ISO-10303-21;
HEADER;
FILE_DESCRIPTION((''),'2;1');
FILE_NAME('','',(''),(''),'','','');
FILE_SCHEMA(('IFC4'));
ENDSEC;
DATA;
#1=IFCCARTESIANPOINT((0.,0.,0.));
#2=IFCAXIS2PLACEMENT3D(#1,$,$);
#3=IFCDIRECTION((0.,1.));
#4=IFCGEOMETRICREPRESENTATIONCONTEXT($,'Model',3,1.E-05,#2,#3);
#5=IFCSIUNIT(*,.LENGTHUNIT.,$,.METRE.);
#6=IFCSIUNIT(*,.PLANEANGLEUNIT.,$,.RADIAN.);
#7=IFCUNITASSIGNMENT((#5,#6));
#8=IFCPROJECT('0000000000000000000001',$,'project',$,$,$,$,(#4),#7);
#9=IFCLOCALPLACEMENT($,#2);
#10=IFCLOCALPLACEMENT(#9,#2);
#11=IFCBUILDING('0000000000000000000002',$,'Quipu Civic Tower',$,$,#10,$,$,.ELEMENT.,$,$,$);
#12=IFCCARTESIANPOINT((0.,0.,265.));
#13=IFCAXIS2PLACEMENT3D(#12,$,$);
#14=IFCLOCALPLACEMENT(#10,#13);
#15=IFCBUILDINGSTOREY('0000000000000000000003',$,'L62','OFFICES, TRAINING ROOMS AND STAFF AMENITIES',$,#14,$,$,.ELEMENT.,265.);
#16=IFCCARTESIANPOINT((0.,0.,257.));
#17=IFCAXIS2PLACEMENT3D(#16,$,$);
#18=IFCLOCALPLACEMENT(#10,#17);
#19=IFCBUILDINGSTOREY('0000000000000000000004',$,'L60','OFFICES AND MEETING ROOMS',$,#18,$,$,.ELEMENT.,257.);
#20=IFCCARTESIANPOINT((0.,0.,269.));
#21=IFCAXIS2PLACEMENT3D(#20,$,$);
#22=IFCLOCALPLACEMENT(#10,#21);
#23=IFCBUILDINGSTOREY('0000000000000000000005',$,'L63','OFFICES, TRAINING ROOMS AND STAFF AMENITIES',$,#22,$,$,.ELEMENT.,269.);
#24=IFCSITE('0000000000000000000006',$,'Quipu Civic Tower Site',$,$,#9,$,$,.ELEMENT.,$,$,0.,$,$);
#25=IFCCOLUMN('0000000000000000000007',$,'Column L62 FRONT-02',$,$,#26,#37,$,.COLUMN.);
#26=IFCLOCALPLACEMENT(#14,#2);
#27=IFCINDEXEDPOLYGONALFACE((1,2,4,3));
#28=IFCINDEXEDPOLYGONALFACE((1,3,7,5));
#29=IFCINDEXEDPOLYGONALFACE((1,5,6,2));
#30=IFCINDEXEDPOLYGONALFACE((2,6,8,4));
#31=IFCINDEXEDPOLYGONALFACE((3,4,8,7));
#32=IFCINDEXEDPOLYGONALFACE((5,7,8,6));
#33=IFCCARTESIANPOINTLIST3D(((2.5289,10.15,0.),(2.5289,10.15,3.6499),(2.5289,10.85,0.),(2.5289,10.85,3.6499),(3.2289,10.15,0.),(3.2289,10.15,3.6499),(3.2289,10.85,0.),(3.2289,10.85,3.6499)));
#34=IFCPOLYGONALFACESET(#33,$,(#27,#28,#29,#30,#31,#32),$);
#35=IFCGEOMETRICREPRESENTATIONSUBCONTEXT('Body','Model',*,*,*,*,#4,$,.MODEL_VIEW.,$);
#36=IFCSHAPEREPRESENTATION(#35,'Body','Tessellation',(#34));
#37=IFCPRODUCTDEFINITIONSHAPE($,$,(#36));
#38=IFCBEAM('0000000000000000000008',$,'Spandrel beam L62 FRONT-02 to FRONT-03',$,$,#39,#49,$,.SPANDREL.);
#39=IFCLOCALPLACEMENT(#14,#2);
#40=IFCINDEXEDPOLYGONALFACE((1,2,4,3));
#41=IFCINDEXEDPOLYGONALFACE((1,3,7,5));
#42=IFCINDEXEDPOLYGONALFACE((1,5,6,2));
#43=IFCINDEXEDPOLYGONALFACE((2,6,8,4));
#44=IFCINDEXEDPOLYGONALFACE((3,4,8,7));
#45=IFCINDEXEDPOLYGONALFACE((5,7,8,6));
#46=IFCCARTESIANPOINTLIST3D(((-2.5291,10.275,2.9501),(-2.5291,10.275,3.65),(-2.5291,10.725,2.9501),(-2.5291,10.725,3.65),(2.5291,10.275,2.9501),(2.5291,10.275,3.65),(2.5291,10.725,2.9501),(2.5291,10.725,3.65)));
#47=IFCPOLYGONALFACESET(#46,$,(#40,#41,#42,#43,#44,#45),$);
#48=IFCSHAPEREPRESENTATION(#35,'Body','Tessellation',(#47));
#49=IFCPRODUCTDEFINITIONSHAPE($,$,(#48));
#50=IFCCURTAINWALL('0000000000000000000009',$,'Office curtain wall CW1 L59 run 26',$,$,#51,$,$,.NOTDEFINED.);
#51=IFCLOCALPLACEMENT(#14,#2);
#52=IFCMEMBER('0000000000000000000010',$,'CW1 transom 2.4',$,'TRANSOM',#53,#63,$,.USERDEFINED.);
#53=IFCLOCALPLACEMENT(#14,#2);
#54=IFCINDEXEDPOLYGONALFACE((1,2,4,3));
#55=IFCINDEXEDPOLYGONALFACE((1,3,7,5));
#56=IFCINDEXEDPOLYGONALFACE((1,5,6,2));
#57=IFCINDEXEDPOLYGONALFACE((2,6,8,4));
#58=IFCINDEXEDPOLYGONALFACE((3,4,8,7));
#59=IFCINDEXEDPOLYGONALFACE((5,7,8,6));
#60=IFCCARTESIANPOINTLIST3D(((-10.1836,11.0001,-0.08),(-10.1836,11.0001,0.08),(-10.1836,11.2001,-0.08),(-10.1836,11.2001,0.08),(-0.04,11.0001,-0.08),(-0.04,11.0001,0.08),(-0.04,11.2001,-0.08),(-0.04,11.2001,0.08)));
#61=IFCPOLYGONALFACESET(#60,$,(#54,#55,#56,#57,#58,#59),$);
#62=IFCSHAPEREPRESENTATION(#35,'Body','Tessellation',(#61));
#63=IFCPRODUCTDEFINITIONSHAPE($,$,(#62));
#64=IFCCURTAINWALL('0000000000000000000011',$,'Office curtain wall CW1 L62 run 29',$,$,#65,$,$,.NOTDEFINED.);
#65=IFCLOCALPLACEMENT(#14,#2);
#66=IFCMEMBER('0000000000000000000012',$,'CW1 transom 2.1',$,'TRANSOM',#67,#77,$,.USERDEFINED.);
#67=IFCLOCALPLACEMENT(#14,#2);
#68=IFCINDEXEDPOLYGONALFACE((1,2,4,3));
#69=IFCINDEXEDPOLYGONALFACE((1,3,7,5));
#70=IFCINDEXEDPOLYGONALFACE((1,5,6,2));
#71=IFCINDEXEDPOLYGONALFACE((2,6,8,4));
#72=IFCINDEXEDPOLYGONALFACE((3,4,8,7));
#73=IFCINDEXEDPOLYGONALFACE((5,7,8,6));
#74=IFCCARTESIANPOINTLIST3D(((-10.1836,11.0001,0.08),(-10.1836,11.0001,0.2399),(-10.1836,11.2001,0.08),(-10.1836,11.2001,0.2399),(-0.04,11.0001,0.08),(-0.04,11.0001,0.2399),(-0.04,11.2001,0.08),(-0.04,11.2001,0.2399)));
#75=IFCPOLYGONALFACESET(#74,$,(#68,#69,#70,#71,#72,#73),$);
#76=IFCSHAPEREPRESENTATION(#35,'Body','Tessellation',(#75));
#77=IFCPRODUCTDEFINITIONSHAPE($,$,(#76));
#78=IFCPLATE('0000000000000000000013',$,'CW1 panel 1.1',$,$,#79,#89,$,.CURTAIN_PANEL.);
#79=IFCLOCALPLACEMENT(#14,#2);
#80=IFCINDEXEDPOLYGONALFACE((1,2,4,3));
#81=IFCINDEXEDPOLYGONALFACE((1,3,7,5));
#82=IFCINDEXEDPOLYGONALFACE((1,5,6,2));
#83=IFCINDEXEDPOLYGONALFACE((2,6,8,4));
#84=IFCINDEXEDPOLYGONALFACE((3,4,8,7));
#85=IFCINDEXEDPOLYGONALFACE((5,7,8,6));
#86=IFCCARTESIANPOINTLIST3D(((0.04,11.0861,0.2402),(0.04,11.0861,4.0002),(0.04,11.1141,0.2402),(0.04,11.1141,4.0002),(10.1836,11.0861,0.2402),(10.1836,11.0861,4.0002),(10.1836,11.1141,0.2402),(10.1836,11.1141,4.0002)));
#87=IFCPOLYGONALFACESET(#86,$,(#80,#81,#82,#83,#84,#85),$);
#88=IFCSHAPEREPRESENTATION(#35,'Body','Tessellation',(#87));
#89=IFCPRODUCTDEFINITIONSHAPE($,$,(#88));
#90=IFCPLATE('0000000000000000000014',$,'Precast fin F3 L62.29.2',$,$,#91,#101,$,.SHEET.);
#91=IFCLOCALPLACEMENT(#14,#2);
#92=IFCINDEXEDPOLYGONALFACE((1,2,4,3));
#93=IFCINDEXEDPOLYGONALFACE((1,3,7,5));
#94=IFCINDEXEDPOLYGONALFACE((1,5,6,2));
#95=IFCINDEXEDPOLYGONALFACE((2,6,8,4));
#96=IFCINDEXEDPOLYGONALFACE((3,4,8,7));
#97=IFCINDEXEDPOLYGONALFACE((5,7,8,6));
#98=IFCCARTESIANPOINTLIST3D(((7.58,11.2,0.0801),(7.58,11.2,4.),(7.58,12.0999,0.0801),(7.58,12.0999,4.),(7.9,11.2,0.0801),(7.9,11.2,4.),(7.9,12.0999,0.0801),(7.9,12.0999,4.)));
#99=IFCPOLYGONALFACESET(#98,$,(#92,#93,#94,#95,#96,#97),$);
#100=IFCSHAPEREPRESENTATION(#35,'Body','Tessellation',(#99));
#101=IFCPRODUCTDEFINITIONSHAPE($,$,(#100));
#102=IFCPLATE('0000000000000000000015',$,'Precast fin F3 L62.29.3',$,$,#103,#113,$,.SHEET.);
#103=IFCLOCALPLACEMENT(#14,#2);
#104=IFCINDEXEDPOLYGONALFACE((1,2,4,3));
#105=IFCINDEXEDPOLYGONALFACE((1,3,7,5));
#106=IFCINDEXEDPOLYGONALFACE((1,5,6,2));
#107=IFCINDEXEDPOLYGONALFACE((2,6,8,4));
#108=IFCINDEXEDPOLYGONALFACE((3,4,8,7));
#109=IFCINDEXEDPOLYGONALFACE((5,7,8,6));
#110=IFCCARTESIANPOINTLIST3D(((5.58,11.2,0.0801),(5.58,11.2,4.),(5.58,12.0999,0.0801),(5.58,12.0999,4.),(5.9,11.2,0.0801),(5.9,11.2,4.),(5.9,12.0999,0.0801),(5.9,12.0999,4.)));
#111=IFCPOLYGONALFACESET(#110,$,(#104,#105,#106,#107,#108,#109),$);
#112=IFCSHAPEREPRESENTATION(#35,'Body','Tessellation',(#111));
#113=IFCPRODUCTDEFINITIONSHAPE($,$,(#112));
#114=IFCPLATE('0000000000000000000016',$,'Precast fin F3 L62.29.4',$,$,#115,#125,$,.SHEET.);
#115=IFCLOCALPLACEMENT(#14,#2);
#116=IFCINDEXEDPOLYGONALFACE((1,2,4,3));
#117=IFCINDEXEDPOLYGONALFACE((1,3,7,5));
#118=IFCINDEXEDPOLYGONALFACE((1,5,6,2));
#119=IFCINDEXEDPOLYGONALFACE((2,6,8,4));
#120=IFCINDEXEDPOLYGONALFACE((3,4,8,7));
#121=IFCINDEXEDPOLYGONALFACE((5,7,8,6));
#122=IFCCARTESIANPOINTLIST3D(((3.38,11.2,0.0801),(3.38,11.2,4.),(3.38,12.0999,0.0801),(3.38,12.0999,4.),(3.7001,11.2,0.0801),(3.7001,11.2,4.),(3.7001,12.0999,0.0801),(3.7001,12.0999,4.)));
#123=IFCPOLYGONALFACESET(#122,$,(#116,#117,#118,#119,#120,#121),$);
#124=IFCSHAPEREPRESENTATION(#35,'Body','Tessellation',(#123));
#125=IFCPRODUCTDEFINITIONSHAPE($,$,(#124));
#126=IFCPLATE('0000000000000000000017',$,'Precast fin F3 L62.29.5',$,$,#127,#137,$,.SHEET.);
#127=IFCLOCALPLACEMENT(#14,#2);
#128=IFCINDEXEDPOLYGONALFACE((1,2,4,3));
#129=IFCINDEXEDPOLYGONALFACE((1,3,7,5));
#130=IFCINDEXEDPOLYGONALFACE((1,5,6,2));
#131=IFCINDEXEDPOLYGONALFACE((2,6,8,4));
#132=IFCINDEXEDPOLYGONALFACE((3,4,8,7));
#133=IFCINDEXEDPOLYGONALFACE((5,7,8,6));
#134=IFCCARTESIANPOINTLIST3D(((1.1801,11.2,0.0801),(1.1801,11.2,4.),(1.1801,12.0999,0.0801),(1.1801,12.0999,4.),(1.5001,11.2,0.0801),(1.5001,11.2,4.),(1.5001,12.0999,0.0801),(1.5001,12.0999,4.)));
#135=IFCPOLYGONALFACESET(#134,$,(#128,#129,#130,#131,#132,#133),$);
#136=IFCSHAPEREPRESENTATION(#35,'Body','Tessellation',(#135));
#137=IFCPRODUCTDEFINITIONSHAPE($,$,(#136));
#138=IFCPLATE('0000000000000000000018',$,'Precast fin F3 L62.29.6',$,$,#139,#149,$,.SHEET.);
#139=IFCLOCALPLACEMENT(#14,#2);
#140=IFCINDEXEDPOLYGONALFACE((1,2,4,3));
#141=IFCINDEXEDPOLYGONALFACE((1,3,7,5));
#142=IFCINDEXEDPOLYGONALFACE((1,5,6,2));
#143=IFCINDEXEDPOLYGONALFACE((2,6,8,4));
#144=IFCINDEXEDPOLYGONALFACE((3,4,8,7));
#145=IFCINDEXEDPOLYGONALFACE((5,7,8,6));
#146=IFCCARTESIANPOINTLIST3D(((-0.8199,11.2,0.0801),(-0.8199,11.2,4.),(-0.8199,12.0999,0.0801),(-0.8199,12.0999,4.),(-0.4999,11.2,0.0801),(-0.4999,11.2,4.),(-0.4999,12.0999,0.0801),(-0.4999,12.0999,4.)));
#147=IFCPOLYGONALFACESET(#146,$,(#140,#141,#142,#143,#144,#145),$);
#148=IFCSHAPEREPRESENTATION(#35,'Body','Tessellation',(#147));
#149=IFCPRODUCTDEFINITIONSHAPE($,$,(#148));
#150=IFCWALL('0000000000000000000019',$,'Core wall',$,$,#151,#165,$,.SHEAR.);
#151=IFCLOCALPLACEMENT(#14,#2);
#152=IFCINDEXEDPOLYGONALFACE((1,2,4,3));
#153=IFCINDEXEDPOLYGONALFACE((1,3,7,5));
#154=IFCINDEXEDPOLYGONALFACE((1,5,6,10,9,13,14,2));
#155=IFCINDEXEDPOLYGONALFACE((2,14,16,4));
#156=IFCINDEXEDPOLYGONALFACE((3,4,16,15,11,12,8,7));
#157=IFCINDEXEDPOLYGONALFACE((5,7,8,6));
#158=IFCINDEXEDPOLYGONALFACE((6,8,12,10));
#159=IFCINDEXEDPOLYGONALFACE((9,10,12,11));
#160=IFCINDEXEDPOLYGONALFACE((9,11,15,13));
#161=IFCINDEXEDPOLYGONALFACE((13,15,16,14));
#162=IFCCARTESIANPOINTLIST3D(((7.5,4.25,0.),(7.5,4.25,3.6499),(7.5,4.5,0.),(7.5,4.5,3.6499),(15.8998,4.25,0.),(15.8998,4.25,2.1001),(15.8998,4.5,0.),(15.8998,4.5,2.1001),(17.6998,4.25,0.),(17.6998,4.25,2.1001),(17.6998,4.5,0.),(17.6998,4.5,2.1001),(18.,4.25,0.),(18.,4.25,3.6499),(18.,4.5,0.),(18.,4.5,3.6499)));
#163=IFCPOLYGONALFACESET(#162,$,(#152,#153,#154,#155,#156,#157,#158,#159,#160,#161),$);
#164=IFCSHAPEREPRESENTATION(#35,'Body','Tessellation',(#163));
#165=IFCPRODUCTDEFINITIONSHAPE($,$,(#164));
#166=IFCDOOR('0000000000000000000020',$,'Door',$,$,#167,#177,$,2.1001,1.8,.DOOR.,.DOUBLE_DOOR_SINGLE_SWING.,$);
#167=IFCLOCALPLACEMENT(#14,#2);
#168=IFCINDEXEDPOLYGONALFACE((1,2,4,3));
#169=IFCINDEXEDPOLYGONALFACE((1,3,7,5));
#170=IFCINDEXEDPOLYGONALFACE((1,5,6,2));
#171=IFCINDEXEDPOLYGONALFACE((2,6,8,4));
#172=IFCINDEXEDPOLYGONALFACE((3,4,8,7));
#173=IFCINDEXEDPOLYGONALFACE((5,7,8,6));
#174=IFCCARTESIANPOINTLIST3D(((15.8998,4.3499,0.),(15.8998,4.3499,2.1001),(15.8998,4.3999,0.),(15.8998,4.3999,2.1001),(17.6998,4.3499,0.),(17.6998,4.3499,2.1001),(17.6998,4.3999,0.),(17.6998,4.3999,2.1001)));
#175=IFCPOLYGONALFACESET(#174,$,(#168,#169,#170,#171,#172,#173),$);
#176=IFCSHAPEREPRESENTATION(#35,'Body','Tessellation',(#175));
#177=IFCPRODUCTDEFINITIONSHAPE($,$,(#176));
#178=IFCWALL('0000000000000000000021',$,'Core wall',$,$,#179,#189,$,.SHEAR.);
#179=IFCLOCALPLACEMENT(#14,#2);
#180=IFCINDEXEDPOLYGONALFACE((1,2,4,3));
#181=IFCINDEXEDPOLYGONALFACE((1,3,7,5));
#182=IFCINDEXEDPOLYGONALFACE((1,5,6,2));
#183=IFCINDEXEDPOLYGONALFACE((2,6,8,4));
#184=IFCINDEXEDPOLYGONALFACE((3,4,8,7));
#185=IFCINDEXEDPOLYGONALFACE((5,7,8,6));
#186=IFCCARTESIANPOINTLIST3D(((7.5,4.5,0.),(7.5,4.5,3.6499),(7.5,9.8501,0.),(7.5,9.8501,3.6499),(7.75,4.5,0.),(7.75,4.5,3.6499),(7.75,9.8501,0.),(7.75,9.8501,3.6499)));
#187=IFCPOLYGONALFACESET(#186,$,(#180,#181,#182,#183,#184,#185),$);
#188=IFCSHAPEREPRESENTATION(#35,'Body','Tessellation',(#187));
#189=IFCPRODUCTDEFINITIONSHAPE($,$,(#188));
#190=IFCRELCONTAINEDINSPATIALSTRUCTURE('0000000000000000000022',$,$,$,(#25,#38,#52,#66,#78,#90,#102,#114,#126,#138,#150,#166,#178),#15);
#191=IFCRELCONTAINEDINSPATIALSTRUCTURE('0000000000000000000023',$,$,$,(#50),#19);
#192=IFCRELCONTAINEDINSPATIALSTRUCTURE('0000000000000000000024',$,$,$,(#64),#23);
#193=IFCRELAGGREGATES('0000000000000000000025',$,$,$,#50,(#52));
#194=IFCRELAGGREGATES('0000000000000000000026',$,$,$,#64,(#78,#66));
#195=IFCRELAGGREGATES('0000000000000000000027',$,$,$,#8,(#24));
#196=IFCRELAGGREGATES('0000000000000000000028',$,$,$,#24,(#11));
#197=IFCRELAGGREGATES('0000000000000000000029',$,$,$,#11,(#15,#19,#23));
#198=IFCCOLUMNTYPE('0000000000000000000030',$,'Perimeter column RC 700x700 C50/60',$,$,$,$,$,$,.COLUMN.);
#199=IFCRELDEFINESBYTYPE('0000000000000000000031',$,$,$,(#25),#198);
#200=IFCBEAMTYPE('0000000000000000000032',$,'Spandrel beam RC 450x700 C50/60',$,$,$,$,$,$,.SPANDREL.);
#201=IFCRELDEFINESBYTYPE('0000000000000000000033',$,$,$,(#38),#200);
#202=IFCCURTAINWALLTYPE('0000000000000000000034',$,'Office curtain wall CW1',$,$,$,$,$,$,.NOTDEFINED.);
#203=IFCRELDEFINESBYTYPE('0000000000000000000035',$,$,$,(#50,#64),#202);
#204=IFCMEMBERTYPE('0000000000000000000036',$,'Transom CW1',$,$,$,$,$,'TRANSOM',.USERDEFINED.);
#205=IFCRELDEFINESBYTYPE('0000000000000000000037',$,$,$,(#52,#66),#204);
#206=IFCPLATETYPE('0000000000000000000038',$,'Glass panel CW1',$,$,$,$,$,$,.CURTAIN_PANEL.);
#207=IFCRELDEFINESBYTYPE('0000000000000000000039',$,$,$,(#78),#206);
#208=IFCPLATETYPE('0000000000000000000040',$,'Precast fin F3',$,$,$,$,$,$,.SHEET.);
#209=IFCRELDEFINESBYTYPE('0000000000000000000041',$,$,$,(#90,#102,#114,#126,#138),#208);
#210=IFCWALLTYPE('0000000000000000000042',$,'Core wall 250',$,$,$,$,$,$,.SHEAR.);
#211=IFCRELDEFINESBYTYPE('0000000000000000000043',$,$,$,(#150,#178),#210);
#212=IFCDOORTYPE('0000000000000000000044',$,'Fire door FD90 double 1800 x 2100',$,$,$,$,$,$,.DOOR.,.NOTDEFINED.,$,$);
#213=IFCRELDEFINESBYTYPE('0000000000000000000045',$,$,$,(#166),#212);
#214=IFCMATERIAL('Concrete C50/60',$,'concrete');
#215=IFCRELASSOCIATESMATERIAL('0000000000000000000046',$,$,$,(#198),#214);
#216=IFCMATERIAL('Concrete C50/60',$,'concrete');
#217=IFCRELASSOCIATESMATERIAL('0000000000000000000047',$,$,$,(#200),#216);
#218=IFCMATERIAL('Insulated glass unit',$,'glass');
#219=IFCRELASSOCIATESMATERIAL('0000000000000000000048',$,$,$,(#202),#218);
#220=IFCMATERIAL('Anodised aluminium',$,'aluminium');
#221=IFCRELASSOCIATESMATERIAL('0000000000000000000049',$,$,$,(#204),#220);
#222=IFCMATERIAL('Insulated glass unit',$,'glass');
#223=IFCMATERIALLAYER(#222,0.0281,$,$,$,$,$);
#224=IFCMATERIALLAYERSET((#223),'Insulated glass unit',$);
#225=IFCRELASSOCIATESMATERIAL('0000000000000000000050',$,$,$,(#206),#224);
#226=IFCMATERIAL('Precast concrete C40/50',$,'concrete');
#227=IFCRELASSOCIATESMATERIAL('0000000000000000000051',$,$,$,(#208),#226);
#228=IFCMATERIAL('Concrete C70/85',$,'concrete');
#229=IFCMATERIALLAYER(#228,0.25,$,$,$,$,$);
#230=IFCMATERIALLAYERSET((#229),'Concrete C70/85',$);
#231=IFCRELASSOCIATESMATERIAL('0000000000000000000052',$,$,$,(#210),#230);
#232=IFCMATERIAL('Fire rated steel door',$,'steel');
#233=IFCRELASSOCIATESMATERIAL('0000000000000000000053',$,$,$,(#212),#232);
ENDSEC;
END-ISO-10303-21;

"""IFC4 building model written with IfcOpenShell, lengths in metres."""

from ifc_helpers import new_model, si_unit, direction, frame, frame_2d, origin, origin_2d, place, context, subcontext, project, spatial, rectangle, extrude, material, layer, layer_set, material_profile, profile_set, type_object, element, fill, aggregate, save


model = new_model("IFC4")

# Units and contexts
model_context = context("Model", 3, precision=1e-05, world=origin(), true_north=direction((0.0, 1.0)))
body_context = subcontext(model_context, "Body", "Model", "MODEL_VIEW")
ifc_project = project(units=[si_unit("LENGTHUNIT", "METRE"), si_unit("PLANEANGLEUNIT", "RADIAN")], contexts=[model_context])

# Site, building, storey
site_placement = place(None, origin())
site = spatial("IfcSite", under=ifc_project, at=site_placement, Name="Quipu Civic Tower Site", CompositionType="ELEMENT", RefElevation=0.0)
building_placement = place(site_placement, origin())
building = spatial("IfcBuilding", under=site, at=building_placement, Name="Quipu Civic Tower", CompositionType="ELEMENT")
storey_1_placement = place(building_placement, frame((0.0, 0.0, 265.0)))
storey_1 = spatial("IfcBuildingStorey", under=building, at=storey_1_placement, Name="L62", Description="OFFICES, TRAINING ROOMS AND STAFF AMENITIES", CompositionType="ELEMENT", Elevation=265.0)

# Column
ifc_material_1 = material(Name="Concrete C50/60", Category="concrete")
ifc_material_profile_1 = material_profile(ifc_material_1, rectangle(XDim=0.7, YDim=0.7, at=origin_2d()), Name="RC700x700")
ifc_profile_set_1 = profile_set([ifc_material_profile_1], Name="Concrete C50/60")
column_type = type_object("IfcColumnType", Name="Perimeter column RC 700x700 C50/60", PredefinedType="COLUMN", material=ifc_profile_set_1)
column_placement = place(storey_1_placement, frame((2.8789, 10.5, 0.0), z_axis=(0.0, 0.0, 1.0), x_axis=(-1.0, 0.0, 0.0)))
element("IfcColumn", 1, at=column_placement, inside=storey_1, type_object=column_type, Name="Column L62 FRONT-02", PredefinedType="COLUMN", context=body_context, shape_type="SweptSolid", body=[
    extrude(rectangle(XDim=0.7, YDim=0.7, at=origin_2d()), origin(), (0.0, 0.0, 1.0), 3.6499),
])

# Beam
ifc_material_2 = material(Name="Concrete C50/60", Category="concrete")
ifc_material_profile_2 = material_profile(ifc_material_2, rectangle(XDim=0.45, YDim=0.7, at=origin_2d()), Name="RC450x700")
ifc_profile_set_2 = profile_set([ifc_material_profile_2], Name="Concrete C50/60")
beam_type = type_object("IfcBeamType", Name="Spandrel beam RC 450x700 C50/60", PredefinedType="SPANDREL", material=ifc_profile_set_2)
beam_placement = place(storey_1_placement, frame((2.5291, 10.5, 3.3), z_axis=(-1.0, 0.0, 0.0), x_axis=(0.0, -1.0, 0.0)))
element("IfcBeam", 2, at=beam_placement, inside=storey_1, type_object=beam_type, Name="Spandrel beam L62 FRONT-02 to FRONT-03", PredefinedType="SPANDREL", context=body_context, shape_type="SweptSolid", body=[
    extrude(rectangle(XDim=0.45, YDim=0.7, at=origin_2d()), origin(), (0.0, 0.0, 1.0), 5.0581),
])

# Shared definitions
storey_2_placement = place(building_placement, frame((0.0, 0.0, 257.0)))
storey_2 = spatial("IfcBuildingStorey", under=building, at=storey_2_placement, Name="L60", Description="OFFICES AND MEETING ROOMS", CompositionType="ELEMENT", Elevation=257.0)

# Curtain wall, member
ifc_material_3 = material(Name="Insulated glass unit", Category="glass")
curtain_wall_type = type_object("IfcCurtainWallType", Name="Office curtain wall CW1", PredefinedType="NOTDEFINED", material=ifc_material_3)
curtain_wall_1_placement = place(storey_2_placement, origin())
curtain_wall_1 = element("IfcCurtainWall", 3, at=curtain_wall_1_placement, inside=storey_2, type_object=curtain_wall_type, Name="Office curtain wall CW1 L59 run 26", PredefinedType="NOTDEFINED")
ifc_material_4 = material(Name="Anodised aluminium", Category="aluminium")
ifc_material_profile_3 = material_profile(ifc_material_4, rectangle(XDim=0.2, YDim=0.1599, at=origin_2d()), Name="RECT 200x160")
ifc_profile_set_3 = profile_set([ifc_material_profile_3], Name="Anodised aluminium")
member_type = type_object("IfcMemberType", Name="Transom CW1", ElementType="TRANSOM", PredefinedType="USERDEFINED", material=ifc_profile_set_3)
member_1_placement = place(storey_1_placement, frame((-0.04, 11.1001, 0.0), z_axis=(-1.0, 0.0, 0.0), x_axis=(0.0, -1.0, 0.0)))
member_1 = element("IfcMember", 4, at=member_1_placement, inside=storey_1, type_object=member_type, Name="CW1 transom 2.4", ObjectType="TRANSOM", PredefinedType="USERDEFINED", context=body_context, shape_type="SweptSolid", body=[
    extrude(rectangle(XDim=0.2, YDim=0.1599, at=origin_2d()), origin(), (0.0, 0.0, 1.0), 10.1436),
])
aggregate(curtain_wall_1, [member_1])

# Shared definitions
storey_3_placement = place(building_placement, frame((0.0, 0.0, 269.0)))
storey_3 = spatial("IfcBuildingStorey", under=building, at=storey_3_placement, Name="L63", Description="OFFICES, TRAINING ROOMS AND STAFF AMENITIES", CompositionType="ELEMENT", Elevation=269.0)

# Curtain wall, member, plate
curtain_wall_2_placement = place(storey_3_placement, origin())
curtain_wall_2 = element("IfcCurtainWall", 5, at=curtain_wall_2_placement, inside=storey_3, type_object=curtain_wall_type, Name="Office curtain wall CW1 L62 run 29", PredefinedType="NOTDEFINED")
member_2_placement = place(storey_1_placement, frame((-0.04, 11.1001, 0.1599), z_axis=(-1.0, 0.0, 0.0), x_axis=(0.0, -1.0, 0.0)))
member_2 = element("IfcMember", 6, at=member_2_placement, inside=storey_1, type_object=member_type, Name="CW1 transom 2.1", ObjectType="TRANSOM", PredefinedType="USERDEFINED", context=body_context, shape_type="SweptSolid", body=[
    extrude(rectangle(XDim=0.2, YDim=0.1599, at=origin_2d()), origin(), (0.0, 0.0, 1.0), 10.1436),
])
ifc_material_5 = material(Name="Insulated glass unit", Category="glass")
ifc_layer_1 = layer(ifc_material_5, 0.0281)
ifc_layer_set_1 = layer_set([ifc_layer_1], Name="Insulated glass unit")
plate_type_1 = type_object("IfcPlateType", Name="Glass panel CW1", PredefinedType="CURTAIN_PANEL", material=ifc_layer_set_1)
plate_placement = place(storey_1_placement, frame((5.1118, 11.1001, 0.2402), z_axis=(0.0, 0.0, 1.0), x_axis=(-1.0, 0.0, 0.0)))
plate = element("IfcPlate", 7, at=plate_placement, inside=storey_1, type_object=plate_type_1, Name="CW1 panel 1.1", PredefinedType="CURTAIN_PANEL", context=body_context, shape_type="SweptSolid", body=[
    extrude(rectangle(XDim=10.1436, YDim=0.0281, at=origin_2d()), origin(), (0.0, 0.0, 1.0), 3.76),
])
aggregate(curtain_wall_2, [plate, member_2])

# Plates
ifc_material_6 = material(Name="Precast concrete C40/50", Category="concrete")
plate_type_2 = type_object("IfcPlateType", Name="Precast fin F3", PredefinedType="SHEET", material=ifc_material_6)
for number, where, z_axis, x_axis, name in (
    (8, (7.74, 11.6499, 0.0801), (0.0, 0.0, 1.0), (-1.0, 0.0, 0.0), "Precast fin F3 L62.29.2"),
    (9, (5.74, 11.6499, 0.0801), (0.0, 0.0, 1.0), (-1.0, 0.0, 0.0), "Precast fin F3 L62.29.3"),
    (10, (3.54, 11.6499, 0.0801), (0.0, 0.0, 1.0), (-1.0, 0.0, 0.0), "Precast fin F3 L62.29.4"),
    (11, (1.3401, 11.6499, 0.0801), (0.0, 0.0, 1.0), (-1.0, 0.0, 0.0), "Precast fin F3 L62.29.5"),
    (12, (-0.6599, 11.6499, 0.0801), (0.0, 0.0, 1.0), (-1.0, 0.0, 0.0), "Precast fin F3 L62.29.6"),
):
    element("IfcPlate", number, at=place(storey_1_placement, frame(where, z_axis=z_axis, x_axis=x_axis)), inside=storey_1, type_object=plate_type_2, Name=name, PredefinedType="SHEET", context=body_context, shape_type="SweptSolid", body=[
        extrude(rectangle(XDim=0.3201, YDim=0.8999, at=origin_2d()), origin(), (0.0, 0.0, 1.0), 3.9199),
    ])

# Wall, opening, door
ifc_material_7 = material(Name="Concrete C70/85", Category="concrete")
ifc_layer_2 = layer(ifc_material_7, 0.25)
ifc_layer_set_2 = layer_set([ifc_layer_2], Name="Concrete C70/85")
wall_type = type_object("IfcWallType", Name="Core wall 250", PredefinedType="SHEAR", material=ifc_layer_set_2)
wall_1_placement = place(storey_1_placement, frame((7.5, 4.375, 0.0), z_axis=(0.0, 0.0, 1.0), x_axis=(1.0, 0.0, 0.0)))
wall_1 = element("IfcWall", 13, at=wall_1_placement, inside=storey_1, type_object=wall_type, Name="Core wall", PredefinedType="SHEAR", context=body_context, shape_type="SweptSolid", body=[
    extrude(rectangle(XDim=10.5, YDim=0.25, at=frame_2d((5.25, 0.0))), origin(), (0.0, 0.0, 1.0), 3.6499),
])
opening_1_placement = place(wall_1_placement, frame((8.3999, 0.0, 0.0)))
opening_1 = element("IfcOpeningElement", 14, at=opening_1_placement, cuts=wall_1, PredefinedType="OPENING", context=body_context, shape_type="SweptSolid", body=[
    extrude(rectangle(XDim=1.8, YDim=2.1001, at=frame_2d((0.8999, 1.05))), frame((0.0, 0.135, 0.0), z_axis=(0.0, -1.0, 0.0), x_axis=(1.0, 0.0, 0.0)), (0.0, 0.0, 1.0), 0.27),
])
ifc_material_8 = material(Name="Fire rated steel door", Category="steel")
door_type = type_object("IfcDoorType", Name="Fire door FD90 double 1800 x 2100", OperationType="NOTDEFINED", PredefinedType="DOOR", material=ifc_material_8)
door_placement = place(opening_1_placement, origin())
door = element("IfcDoor", 15, at=door_placement, inside=storey_1, type_object=door_type, Name="Door", OperationType="DOUBLE_DOOR_SINGLE_SWING", OverallHeight=2.1001, OverallWidth=1.8, PredefinedType="DOOR", context=body_context, shape_type="SweptSolid", body=[
    extrude(rectangle(XDim=1.8, YDim=2.1001, at=frame_2d((0.8999, 1.05))), frame((0.0, 0.0249, 0.0), z_axis=(0.0, -1.0, 0.0), x_axis=(1.0, 0.0, 0.0)), (0.0, 0.0, 1.0), 0.05),
])
fill(opening_1, door)

# Wall
wall_2_placement = place(storey_1_placement, frame((7.625, 4.5, 0.0), z_axis=(0.0, 0.0, 1.0), x_axis=(0.0, 1.0, 0.0)))
element("IfcWall", 16, at=wall_2_placement, inside=storey_1, type_object=wall_type, Name="Core wall", PredefinedType="SHEAR", context=body_context, shape_type="SweptSolid", body=[
    extrude(rectangle(XDim=5.3501, YDim=0.25, at=frame_2d((2.675, 0.0))), origin(), (0.0, 0.0, 1.0), 3.6499),
])

save(model, "model.ifc")
